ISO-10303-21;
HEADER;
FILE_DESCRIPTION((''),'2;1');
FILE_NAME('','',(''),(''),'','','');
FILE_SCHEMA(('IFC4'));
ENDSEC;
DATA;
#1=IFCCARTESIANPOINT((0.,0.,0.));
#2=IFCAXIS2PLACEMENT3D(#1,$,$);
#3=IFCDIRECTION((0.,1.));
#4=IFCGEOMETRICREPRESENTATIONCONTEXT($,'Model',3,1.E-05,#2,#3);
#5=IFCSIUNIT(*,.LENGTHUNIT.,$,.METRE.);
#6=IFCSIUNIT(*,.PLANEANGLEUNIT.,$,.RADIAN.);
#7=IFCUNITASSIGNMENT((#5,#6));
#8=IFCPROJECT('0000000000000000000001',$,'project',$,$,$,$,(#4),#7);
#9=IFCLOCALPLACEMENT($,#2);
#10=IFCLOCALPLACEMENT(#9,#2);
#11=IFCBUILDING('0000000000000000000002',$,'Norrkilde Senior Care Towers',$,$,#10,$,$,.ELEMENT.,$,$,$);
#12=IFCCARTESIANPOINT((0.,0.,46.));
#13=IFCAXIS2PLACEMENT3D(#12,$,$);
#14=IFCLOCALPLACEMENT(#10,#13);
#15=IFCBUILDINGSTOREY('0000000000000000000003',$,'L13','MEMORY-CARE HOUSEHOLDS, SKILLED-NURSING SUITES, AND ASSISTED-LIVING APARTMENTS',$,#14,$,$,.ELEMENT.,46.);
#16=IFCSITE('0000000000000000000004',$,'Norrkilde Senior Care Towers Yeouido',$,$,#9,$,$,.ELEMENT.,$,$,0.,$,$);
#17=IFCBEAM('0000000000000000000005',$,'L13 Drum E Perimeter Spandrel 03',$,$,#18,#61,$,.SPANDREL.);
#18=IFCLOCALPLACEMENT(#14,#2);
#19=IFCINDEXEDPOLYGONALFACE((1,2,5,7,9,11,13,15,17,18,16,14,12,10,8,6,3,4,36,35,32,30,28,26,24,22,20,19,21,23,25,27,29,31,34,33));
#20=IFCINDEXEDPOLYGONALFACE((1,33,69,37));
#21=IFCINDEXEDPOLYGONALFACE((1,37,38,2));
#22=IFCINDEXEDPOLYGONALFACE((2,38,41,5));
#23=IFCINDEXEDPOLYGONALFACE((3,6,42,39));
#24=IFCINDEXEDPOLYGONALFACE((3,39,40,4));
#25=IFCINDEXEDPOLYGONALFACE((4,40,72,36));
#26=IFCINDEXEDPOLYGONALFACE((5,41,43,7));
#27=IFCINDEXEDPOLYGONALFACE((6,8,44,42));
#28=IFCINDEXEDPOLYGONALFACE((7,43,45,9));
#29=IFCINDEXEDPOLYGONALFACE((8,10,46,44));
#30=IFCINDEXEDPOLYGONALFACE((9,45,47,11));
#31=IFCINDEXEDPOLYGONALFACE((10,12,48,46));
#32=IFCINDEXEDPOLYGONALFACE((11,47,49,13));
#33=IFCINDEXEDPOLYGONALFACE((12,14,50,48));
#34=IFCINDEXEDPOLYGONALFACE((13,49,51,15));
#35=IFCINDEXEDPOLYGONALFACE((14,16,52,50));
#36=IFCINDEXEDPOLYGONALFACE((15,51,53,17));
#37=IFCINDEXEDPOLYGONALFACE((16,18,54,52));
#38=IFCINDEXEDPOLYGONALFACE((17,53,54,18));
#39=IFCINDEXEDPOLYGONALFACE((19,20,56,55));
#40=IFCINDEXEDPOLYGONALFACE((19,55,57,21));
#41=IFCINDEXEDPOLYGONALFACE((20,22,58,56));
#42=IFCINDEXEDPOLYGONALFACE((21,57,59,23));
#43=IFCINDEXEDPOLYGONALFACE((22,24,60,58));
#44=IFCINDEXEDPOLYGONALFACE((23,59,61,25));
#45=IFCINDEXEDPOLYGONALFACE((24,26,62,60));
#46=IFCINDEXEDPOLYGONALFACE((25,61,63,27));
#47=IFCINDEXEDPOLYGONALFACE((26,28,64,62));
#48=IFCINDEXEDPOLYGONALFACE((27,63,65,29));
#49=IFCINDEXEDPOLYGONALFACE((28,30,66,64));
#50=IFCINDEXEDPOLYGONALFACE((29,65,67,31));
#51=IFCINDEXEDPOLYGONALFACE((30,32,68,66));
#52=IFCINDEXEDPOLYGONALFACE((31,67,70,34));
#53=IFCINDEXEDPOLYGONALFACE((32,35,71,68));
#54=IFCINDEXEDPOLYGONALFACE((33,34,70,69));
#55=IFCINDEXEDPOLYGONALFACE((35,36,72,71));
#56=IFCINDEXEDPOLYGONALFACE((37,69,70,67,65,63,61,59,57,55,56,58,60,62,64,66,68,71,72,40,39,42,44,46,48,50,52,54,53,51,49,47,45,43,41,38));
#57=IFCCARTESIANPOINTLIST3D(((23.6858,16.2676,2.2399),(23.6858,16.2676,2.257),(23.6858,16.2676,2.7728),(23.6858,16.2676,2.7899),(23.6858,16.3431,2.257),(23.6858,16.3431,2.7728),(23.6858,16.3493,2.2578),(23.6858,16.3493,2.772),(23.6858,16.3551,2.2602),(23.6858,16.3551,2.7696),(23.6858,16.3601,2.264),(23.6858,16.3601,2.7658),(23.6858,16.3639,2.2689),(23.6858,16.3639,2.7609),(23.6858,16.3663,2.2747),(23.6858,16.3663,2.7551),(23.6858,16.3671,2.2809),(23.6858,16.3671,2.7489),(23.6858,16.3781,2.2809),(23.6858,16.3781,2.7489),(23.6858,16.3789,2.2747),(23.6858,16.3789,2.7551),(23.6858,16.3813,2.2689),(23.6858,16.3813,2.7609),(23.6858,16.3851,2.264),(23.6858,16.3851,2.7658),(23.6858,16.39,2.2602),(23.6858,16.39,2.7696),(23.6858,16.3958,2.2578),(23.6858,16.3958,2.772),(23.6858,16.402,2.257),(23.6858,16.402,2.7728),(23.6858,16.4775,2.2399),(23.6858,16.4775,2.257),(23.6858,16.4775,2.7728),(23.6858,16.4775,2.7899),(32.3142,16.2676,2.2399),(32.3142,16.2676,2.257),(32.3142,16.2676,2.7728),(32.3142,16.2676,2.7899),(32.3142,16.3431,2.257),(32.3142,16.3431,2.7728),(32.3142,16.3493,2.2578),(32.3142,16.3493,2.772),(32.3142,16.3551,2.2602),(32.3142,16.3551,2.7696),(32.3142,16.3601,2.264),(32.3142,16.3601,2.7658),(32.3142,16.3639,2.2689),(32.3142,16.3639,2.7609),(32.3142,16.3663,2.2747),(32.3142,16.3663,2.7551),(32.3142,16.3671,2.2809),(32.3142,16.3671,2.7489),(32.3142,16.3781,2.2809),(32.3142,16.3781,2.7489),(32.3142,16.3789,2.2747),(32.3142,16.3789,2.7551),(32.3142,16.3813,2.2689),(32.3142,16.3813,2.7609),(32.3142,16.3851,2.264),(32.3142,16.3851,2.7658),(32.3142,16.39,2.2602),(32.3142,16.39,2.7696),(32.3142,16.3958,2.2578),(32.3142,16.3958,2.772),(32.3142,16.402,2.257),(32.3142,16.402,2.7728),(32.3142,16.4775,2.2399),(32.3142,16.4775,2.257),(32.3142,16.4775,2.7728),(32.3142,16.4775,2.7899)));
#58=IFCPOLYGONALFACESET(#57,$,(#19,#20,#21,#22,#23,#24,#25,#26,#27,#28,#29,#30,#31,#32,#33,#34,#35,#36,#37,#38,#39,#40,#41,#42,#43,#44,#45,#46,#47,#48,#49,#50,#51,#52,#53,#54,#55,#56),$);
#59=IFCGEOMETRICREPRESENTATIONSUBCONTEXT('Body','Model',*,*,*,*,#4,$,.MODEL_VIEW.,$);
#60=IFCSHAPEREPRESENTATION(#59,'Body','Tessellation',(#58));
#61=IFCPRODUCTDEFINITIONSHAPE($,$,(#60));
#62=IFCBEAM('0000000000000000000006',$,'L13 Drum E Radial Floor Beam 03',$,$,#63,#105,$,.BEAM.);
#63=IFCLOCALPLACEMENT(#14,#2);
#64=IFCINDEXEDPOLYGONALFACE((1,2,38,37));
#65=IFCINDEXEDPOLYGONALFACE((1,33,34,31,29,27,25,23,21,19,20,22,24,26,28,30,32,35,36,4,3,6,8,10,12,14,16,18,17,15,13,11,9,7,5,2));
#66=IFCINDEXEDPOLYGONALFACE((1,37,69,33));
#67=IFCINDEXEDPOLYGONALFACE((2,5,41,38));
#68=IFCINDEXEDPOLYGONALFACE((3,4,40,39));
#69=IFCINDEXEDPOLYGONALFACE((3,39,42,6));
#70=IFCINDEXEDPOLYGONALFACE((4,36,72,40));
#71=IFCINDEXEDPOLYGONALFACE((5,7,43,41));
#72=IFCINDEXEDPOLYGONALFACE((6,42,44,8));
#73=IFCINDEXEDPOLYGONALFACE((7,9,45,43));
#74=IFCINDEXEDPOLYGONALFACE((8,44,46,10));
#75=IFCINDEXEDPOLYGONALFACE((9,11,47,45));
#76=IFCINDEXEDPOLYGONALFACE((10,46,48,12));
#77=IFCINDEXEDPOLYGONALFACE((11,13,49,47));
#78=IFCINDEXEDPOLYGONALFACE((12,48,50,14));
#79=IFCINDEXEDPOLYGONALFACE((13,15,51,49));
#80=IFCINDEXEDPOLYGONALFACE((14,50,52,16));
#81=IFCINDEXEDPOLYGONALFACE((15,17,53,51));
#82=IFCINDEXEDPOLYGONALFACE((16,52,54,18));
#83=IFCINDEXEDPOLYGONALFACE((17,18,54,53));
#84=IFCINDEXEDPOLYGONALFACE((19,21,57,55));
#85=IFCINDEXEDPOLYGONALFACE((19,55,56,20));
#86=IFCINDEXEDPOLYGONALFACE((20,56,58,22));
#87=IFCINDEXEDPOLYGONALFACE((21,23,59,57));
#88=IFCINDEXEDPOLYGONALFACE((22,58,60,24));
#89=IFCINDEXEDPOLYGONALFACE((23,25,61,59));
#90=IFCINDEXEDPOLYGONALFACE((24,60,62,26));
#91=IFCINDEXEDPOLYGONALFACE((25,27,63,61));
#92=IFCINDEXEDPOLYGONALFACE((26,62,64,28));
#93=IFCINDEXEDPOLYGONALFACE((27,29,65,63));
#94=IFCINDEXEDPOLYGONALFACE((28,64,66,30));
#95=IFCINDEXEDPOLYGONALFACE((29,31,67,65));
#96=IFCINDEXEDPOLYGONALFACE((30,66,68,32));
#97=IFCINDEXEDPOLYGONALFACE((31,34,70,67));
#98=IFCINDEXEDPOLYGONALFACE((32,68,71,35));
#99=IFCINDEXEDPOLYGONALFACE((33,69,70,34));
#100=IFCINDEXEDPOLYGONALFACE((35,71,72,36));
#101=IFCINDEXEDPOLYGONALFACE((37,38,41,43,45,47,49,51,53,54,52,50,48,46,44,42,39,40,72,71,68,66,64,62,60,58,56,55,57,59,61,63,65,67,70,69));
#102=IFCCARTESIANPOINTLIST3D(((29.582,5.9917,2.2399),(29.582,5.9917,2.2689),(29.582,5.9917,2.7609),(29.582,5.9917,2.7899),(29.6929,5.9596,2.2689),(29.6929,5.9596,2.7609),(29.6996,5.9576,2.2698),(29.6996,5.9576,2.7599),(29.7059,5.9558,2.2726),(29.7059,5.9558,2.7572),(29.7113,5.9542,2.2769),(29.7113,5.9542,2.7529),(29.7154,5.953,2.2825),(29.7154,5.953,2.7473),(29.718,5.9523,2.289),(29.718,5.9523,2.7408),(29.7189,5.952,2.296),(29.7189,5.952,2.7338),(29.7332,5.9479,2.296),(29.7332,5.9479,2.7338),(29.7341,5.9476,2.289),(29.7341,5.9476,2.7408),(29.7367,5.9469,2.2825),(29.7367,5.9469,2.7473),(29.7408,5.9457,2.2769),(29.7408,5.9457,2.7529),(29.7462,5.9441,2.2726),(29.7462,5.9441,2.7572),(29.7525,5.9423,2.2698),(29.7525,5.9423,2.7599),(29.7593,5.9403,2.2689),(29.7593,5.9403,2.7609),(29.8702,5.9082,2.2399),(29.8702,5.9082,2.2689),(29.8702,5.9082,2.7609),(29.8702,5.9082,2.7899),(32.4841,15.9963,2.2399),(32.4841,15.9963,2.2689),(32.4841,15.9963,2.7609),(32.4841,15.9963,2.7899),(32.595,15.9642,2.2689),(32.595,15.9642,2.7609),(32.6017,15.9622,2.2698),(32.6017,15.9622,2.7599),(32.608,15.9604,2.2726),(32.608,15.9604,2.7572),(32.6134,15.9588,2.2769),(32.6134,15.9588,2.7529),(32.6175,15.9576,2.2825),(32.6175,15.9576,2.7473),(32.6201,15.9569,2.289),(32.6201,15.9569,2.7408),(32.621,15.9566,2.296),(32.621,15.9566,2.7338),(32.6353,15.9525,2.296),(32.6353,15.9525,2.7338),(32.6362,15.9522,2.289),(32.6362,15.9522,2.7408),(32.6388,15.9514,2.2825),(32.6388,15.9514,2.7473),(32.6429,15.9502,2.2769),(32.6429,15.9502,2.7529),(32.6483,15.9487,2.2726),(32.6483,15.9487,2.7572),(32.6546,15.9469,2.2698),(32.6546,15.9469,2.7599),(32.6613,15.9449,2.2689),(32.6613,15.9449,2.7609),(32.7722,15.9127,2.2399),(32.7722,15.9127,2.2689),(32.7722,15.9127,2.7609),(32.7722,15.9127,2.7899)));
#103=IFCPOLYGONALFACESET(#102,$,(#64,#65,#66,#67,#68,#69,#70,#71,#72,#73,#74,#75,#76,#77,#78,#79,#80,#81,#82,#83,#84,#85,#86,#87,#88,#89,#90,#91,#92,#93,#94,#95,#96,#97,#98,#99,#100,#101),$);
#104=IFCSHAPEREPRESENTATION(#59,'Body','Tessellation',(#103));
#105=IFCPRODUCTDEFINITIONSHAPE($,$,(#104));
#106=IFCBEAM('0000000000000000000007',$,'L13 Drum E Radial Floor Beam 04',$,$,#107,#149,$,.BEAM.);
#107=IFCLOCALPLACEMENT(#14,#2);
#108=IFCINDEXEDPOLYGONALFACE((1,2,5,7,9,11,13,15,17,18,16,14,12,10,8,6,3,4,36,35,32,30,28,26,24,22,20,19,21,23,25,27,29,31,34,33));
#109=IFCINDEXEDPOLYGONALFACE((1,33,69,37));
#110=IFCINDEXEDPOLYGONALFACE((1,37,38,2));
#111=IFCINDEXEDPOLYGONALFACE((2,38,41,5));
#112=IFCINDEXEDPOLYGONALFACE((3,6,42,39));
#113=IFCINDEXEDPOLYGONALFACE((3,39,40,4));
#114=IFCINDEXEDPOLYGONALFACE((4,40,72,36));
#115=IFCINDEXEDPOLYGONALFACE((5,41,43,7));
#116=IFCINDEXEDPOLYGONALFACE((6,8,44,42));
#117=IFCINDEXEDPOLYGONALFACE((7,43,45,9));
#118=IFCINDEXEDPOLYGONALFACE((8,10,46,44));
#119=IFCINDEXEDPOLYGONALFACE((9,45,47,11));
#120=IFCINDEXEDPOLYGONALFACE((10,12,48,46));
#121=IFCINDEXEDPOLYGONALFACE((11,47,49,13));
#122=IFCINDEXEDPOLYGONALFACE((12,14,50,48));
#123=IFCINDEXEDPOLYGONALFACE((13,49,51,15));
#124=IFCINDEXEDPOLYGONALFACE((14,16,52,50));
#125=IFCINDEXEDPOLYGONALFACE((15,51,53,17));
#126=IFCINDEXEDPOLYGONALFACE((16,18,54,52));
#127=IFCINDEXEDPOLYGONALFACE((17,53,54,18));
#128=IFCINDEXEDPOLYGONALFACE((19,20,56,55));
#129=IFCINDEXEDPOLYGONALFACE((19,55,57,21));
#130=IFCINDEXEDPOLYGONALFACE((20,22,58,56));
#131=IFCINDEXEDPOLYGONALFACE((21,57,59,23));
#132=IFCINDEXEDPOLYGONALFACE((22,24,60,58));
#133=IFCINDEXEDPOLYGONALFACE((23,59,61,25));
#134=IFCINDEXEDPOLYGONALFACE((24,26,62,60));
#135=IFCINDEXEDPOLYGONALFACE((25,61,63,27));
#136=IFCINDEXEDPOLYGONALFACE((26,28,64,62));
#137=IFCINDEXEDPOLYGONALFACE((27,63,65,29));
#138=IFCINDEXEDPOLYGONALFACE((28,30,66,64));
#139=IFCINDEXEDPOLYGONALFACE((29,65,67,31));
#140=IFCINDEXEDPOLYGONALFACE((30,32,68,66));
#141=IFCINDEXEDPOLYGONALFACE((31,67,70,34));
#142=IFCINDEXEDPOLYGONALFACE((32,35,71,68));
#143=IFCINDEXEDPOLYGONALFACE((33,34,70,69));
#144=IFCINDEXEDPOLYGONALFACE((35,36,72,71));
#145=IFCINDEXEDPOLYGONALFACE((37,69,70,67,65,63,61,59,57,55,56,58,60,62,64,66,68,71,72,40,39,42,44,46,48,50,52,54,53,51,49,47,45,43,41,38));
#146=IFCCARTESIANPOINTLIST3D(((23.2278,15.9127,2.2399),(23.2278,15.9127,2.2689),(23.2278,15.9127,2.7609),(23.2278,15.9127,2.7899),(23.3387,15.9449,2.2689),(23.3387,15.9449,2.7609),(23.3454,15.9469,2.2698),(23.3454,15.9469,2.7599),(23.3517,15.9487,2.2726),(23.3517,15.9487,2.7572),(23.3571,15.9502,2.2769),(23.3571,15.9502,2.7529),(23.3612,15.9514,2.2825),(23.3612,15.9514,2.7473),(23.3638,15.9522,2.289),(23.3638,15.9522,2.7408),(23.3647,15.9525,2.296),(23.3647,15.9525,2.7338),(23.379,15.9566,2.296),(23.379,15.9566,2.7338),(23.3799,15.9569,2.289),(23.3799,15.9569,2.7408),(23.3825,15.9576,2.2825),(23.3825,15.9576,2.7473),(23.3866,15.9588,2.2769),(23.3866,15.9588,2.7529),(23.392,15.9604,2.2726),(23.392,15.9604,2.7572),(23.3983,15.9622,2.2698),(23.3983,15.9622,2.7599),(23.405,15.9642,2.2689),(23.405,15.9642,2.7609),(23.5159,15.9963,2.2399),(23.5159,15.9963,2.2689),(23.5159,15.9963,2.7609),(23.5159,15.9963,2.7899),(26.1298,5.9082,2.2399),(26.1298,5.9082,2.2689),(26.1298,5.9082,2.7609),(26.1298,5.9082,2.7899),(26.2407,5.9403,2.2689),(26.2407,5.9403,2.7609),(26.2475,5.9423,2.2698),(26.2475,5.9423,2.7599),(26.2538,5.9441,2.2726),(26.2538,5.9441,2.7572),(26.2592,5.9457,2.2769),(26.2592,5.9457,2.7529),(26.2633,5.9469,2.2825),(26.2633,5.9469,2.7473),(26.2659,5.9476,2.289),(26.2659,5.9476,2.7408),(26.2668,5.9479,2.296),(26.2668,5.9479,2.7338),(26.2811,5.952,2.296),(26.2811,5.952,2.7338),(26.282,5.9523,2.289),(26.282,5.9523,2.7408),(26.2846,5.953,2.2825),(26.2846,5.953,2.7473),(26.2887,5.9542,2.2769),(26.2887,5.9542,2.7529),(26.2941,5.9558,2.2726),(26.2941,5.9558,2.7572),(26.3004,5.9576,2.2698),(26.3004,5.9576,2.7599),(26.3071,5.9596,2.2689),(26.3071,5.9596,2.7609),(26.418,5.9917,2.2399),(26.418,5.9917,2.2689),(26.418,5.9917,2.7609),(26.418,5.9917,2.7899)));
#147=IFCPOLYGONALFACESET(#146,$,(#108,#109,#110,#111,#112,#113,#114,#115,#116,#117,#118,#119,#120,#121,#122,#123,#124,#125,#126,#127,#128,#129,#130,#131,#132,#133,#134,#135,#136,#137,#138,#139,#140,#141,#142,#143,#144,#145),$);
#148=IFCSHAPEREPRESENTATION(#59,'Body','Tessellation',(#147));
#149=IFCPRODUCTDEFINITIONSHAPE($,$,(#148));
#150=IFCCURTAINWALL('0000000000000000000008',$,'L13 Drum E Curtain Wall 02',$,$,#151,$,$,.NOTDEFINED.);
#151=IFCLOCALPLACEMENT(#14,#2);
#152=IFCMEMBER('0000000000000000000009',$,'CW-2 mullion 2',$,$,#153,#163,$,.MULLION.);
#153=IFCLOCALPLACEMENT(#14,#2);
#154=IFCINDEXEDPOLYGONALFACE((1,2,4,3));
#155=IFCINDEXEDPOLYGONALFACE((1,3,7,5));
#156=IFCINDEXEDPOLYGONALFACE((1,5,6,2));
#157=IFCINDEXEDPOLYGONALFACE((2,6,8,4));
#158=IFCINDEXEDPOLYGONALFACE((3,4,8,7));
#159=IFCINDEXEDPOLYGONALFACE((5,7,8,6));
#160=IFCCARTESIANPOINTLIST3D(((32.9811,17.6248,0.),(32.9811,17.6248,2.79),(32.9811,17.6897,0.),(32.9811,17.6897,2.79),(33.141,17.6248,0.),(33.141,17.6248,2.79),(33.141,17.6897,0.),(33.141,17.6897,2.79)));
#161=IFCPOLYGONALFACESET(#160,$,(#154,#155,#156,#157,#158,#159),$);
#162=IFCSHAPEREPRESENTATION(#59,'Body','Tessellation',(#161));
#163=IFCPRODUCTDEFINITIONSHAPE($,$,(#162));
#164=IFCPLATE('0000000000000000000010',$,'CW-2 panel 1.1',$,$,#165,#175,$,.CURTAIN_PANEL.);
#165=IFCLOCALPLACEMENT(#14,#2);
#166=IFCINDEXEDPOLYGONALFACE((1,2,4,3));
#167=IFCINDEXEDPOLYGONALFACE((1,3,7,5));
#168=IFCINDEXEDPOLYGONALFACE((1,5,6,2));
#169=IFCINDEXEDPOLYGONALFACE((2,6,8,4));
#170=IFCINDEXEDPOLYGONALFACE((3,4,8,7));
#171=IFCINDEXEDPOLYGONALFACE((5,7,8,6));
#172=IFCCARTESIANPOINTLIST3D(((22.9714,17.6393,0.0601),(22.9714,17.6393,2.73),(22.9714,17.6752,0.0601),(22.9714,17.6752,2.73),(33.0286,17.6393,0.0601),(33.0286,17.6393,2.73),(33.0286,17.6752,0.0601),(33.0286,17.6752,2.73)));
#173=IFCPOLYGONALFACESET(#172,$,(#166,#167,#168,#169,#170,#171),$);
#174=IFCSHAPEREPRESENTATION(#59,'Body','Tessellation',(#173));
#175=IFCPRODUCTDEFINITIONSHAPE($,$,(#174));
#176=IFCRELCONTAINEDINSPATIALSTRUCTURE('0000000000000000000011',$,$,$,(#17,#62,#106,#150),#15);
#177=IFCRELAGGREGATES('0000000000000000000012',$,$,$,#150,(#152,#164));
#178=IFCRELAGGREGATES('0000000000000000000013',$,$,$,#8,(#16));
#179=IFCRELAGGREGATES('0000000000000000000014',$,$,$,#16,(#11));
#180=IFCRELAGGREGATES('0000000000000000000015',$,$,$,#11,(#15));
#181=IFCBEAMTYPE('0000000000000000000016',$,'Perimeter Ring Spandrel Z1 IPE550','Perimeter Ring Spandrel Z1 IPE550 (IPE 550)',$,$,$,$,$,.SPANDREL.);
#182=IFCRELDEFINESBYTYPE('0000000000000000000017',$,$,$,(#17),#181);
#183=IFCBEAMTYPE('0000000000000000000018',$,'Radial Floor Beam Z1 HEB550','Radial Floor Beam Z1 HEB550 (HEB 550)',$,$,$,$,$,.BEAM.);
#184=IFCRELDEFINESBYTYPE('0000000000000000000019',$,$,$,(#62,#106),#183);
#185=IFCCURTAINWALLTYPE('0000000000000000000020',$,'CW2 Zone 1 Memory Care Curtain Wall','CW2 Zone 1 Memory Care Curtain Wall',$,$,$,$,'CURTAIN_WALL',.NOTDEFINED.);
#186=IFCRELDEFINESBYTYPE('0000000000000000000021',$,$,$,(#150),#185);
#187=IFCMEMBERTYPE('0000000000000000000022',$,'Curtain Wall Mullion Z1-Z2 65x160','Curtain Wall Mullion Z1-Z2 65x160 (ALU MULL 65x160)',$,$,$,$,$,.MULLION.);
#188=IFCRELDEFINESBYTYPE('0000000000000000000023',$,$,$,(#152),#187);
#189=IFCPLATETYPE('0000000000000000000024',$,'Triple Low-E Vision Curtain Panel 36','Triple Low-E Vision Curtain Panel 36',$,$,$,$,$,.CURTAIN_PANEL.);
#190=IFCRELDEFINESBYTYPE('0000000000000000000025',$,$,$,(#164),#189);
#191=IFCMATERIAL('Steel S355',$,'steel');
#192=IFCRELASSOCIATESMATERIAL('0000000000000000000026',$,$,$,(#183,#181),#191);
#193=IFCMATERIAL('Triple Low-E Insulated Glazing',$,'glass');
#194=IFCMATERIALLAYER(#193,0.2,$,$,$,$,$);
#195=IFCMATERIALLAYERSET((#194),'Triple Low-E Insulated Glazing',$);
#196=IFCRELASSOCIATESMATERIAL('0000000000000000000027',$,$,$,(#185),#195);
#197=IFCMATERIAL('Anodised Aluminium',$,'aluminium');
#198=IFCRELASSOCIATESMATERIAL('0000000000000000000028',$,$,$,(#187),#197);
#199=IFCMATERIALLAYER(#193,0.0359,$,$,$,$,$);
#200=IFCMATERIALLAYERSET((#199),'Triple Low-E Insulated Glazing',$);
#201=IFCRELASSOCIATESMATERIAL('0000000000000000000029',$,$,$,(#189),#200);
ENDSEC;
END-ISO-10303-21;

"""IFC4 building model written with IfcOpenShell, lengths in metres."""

from ifc_helpers import new_model, si_unit, direction, frame, origin, origin_2d, place, context, subcontext, project, spatial, rectangle, i_section, extrude, source, transform, mapped, material, layer, layer_set, material_profile, profile_set, type_object, type_shapes, element, aggregate, save


model = new_model("IFC4")

# Units and contexts
model_context = context("Model", 3, precision=1e-05, world=origin(), true_north=direction((0.0, 1.0)))
body_context = subcontext(model_context, "Body", "Model", "MODEL_VIEW")
ifc_project = project(units=[si_unit("LENGTHUNIT", "METRE"), si_unit("PLANEANGLEUNIT", "RADIAN")], contexts=[model_context])

# Site, building, storey
site_placement = place(None, origin())
site = spatial("IfcSite", under=ifc_project, at=site_placement, Name="Norrkilde Senior Care Towers Yeouido", CompositionType="ELEMENT", RefElevation=0.0)
building_placement = place(site_placement, origin())
building = spatial("IfcBuilding", under=site, at=building_placement, Name="Norrkilde Senior Care Towers", CompositionType="ELEMENT")
storey_placement = place(building_placement, frame((0.0, 0.0, 46.0)))
storey = spatial("IfcBuildingStorey", under=building, at=storey_placement, Name="L13", Description="MEMORY-CARE HOUSEHOLDS, SKILLED-NURSING SUITES, AND ASSISTED-LIVING APARTMENTS", CompositionType="ELEMENT", Elevation=46.0)

# Beams
ifc_material_1 = material(Name="Steel S355", Category="steel")
ifc_material_profile_1 = material_profile(ifc_material_1, i_section(OverallWidth=0.3, OverallDepth=0.55, WebThickness=0.0149, FlangeThickness=0.0291, FilletRadius=0.0271, at=origin_2d()), Name="HEB 550")
ifc_profile_set_1 = profile_set([ifc_material_profile_1], Name="Steel S355")
beam_type_1 = type_object("IfcBeamType", Name="Radial Floor Beam Z1 HEB550", Description="Radial Floor Beam Z1 HEB550 (HEB 550)", PredefinedType="BEAM", material=ifc_profile_set_1)
ifc_material_profile_2 = material_profile(ifc_material_1, i_section(OverallWidth=0.21, OverallDepth=0.55, WebThickness=0.011, FlangeThickness=0.0171, FilletRadius=0.0239, at=origin_2d()), Name="IPE 550")
ifc_profile_set_2 = profile_set([ifc_material_profile_2], Name="Steel S355")
beam_type_2 = type_object("IfcBeamType", Name="Perimeter Ring Spandrel Z1 IPE550", Description="Perimeter Ring Spandrel Z1 IPE550 (IPE 550)", PredefinedType="SPANDREL", material=ifc_profile_set_2)
shared_shape_1 = source(origin(), body_context, "Body", "SweptSolid", [
    extrude(i_section(OverallWidth=0.21, OverallDepth=0.55, WebThickness=0.011, FlangeThickness=0.0171, FilletRadius=0.0239, at=origin_2d()), origin(), (0.0, 0.0, 1.0), 8.6284),
])
type_shapes(beam_type_2, [shared_shape_1])
beam_1_placement = place(storey_placement, frame((32.3142, 16.3726, 2.5149), z_axis=(-1.0, 0.0, 0.0), x_axis=(0.0, -1.0, 0.0)))
element("IfcBeam", 1, at=beam_1_placement, inside=storey, type_object=beam_type_2, Name="L13 Drum E Perimeter Spandrel 03", PredefinedType="SPANDREL", context=body_context, shape_type="MappedRepresentation", body=[
    mapped(shared_shape_1, transform((0.0, 0.0, 0.0), x_axis=(1.0, 0.0, 0.0), y_axis=(0.0, 1.0, 0.0), z_axis=(0.0, 0.0, 1.0), scale=1.0)),
])
shared_shape_2 = source(origin(), body_context, "Body", "SweptSolid", [
    extrude(i_section(OverallWidth=0.3, OverallDepth=0.55, WebThickness=0.0149, FlangeThickness=0.0291, FilletRadius=0.0271, at=origin_2d()), origin(), (0.0, 0.0, 1.0), 10.417),
])
for number, where, z_axis, x_axis, name in (
    (2, (29.7261, 5.95, 2.5149), (0.278591, 0.96041, 0.0), (-0.96041, 0.278591, 0.0), "L13 Drum E Radial Floor Beam 03"),
    (3, (26.2739, 5.95, 2.5149), (-0.278591, 0.96041, 0.0), (-0.96041, -0.278591, 0.0), "L13 Drum E Radial Floor Beam 04"),
):
    element("IfcBeam", number, at=place(storey_placement, frame(where, z_axis=z_axis, x_axis=x_axis)), inside=storey, type_object=beam_type_1, Name=name, PredefinedType="BEAM", context=body_context, shape_type="MappedRepresentation", body=[
        mapped(shared_shape_2, transform((0.0, 0.0, 0.0), x_axis=(1.0, 0.0, 0.0), y_axis=(0.0, 1.0, 0.0), z_axis=(0.0, 0.0, 1.0), scale=1.0)),
    ])

# Curtain wall, member, plate
ifc_material_2 = material(Name="Triple Low-E Insulated Glazing", Category="glass")
ifc_layer_1 = layer(ifc_material_2, 0.2)
ifc_layer_set_1 = layer_set([ifc_layer_1], Name="Triple Low-E Insulated Glazing")
curtain_wall_type = type_object("IfcCurtainWallType", Name="CW2 Zone 1 Memory Care Curtain Wall", Description="CW2 Zone 1 Memory Care Curtain Wall", ElementType="CURTAIN_WALL", PredefinedType="NOTDEFINED", material=ifc_layer_set_1)
curtain_wall_placement = place(storey_placement, origin())
curtain_wall = element("IfcCurtainWall", 4, at=curtain_wall_placement, inside=storey, type_object=curtain_wall_type, Name="L13 Drum E Curtain Wall 02", PredefinedType="NOTDEFINED")
ifc_material_3 = material(Name="Anodised Aluminium", Category="aluminium")
ifc_material_profile_3 = material_profile(ifc_material_3, rectangle(XDim=0.0649, YDim=0.1599, at=origin_2d()), Name="ALU MULL 65x160")
ifc_profile_set_3 = profile_set([ifc_material_profile_3], Name="Anodised Aluminium")
member_type = type_object("IfcMemberType", Name="Curtain Wall Mullion Z1-Z2 65x160", Description="Curtain Wall Mullion Z1-Z2 65x160 (ALU MULL 65x160)", PredefinedType="MULLION", material=ifc_profile_set_3)
shared_shape_3 = source(origin(), body_context, "Body", "SweptSolid", [
    extrude(rectangle(XDim=0.0649, YDim=0.1599, at=origin_2d()), origin(), (0.0, 0.0, 1.0), 2.79),
])
type_shapes(member_type, [shared_shape_3])
member_placement = place(storey_placement, frame((33.061, 17.6572, 0.0), z_axis=(0.0, 0.0, 1.0), x_axis=(0.0, 1.0, 0.0)))
member = element("IfcMember", 5, at=member_placement, type_object=member_type, Name="CW-2 mullion 2", PredefinedType="MULLION", context=body_context, shape_type="MappedRepresentation", body=[
    mapped(shared_shape_3, transform((0.0, 0.0, 0.0), x_axis=(1.0, 0.0, 0.0), y_axis=(0.0, 1.0, 0.0), z_axis=(0.0, 0.0, 1.0), scale=1.0)),
])
ifc_layer_2 = layer(ifc_material_2, 0.0359)
ifc_layer_set_2 = layer_set([ifc_layer_2], Name="Triple Low-E Insulated Glazing")
plate_type = type_object("IfcPlateType", Name="Triple Low-E Vision Curtain Panel 36", Description="Triple Low-E Vision Curtain Panel 36", PredefinedType="CURTAIN_PANEL", material=ifc_layer_set_2)
shared_shape_4 = source(origin(), body_context, "Body", "SweptSolid", [
    extrude(rectangle(XDim=10.0571, YDim=0.0359, at=origin_2d()), origin(), (0.0, 0.0, 1.0), 2.6699),
])
type_shapes(plate_type, [shared_shape_4])
plate_placement = place(storey_placement, frame((28.0, 17.6572, 0.0601), z_axis=(0.0, 0.0, 1.0), x_axis=(1.0, 0.0, 0.0)))
plate = element("IfcPlate", 6, at=plate_placement, type_object=plate_type, Name="CW-2 panel 1.1", PredefinedType="CURTAIN_PANEL", context=body_context, shape_type="MappedRepresentation", body=[
    mapped(shared_shape_4, transform((0.0, 0.0, 0.0), x_axis=(1.0, 0.0, 0.0), y_axis=(0.0, 1.0, 0.0), z_axis=(0.0, 0.0, 1.0), scale=1.0)),
])
aggregate(curtain_wall, [member, plate])

save(model, "model.ifc")
